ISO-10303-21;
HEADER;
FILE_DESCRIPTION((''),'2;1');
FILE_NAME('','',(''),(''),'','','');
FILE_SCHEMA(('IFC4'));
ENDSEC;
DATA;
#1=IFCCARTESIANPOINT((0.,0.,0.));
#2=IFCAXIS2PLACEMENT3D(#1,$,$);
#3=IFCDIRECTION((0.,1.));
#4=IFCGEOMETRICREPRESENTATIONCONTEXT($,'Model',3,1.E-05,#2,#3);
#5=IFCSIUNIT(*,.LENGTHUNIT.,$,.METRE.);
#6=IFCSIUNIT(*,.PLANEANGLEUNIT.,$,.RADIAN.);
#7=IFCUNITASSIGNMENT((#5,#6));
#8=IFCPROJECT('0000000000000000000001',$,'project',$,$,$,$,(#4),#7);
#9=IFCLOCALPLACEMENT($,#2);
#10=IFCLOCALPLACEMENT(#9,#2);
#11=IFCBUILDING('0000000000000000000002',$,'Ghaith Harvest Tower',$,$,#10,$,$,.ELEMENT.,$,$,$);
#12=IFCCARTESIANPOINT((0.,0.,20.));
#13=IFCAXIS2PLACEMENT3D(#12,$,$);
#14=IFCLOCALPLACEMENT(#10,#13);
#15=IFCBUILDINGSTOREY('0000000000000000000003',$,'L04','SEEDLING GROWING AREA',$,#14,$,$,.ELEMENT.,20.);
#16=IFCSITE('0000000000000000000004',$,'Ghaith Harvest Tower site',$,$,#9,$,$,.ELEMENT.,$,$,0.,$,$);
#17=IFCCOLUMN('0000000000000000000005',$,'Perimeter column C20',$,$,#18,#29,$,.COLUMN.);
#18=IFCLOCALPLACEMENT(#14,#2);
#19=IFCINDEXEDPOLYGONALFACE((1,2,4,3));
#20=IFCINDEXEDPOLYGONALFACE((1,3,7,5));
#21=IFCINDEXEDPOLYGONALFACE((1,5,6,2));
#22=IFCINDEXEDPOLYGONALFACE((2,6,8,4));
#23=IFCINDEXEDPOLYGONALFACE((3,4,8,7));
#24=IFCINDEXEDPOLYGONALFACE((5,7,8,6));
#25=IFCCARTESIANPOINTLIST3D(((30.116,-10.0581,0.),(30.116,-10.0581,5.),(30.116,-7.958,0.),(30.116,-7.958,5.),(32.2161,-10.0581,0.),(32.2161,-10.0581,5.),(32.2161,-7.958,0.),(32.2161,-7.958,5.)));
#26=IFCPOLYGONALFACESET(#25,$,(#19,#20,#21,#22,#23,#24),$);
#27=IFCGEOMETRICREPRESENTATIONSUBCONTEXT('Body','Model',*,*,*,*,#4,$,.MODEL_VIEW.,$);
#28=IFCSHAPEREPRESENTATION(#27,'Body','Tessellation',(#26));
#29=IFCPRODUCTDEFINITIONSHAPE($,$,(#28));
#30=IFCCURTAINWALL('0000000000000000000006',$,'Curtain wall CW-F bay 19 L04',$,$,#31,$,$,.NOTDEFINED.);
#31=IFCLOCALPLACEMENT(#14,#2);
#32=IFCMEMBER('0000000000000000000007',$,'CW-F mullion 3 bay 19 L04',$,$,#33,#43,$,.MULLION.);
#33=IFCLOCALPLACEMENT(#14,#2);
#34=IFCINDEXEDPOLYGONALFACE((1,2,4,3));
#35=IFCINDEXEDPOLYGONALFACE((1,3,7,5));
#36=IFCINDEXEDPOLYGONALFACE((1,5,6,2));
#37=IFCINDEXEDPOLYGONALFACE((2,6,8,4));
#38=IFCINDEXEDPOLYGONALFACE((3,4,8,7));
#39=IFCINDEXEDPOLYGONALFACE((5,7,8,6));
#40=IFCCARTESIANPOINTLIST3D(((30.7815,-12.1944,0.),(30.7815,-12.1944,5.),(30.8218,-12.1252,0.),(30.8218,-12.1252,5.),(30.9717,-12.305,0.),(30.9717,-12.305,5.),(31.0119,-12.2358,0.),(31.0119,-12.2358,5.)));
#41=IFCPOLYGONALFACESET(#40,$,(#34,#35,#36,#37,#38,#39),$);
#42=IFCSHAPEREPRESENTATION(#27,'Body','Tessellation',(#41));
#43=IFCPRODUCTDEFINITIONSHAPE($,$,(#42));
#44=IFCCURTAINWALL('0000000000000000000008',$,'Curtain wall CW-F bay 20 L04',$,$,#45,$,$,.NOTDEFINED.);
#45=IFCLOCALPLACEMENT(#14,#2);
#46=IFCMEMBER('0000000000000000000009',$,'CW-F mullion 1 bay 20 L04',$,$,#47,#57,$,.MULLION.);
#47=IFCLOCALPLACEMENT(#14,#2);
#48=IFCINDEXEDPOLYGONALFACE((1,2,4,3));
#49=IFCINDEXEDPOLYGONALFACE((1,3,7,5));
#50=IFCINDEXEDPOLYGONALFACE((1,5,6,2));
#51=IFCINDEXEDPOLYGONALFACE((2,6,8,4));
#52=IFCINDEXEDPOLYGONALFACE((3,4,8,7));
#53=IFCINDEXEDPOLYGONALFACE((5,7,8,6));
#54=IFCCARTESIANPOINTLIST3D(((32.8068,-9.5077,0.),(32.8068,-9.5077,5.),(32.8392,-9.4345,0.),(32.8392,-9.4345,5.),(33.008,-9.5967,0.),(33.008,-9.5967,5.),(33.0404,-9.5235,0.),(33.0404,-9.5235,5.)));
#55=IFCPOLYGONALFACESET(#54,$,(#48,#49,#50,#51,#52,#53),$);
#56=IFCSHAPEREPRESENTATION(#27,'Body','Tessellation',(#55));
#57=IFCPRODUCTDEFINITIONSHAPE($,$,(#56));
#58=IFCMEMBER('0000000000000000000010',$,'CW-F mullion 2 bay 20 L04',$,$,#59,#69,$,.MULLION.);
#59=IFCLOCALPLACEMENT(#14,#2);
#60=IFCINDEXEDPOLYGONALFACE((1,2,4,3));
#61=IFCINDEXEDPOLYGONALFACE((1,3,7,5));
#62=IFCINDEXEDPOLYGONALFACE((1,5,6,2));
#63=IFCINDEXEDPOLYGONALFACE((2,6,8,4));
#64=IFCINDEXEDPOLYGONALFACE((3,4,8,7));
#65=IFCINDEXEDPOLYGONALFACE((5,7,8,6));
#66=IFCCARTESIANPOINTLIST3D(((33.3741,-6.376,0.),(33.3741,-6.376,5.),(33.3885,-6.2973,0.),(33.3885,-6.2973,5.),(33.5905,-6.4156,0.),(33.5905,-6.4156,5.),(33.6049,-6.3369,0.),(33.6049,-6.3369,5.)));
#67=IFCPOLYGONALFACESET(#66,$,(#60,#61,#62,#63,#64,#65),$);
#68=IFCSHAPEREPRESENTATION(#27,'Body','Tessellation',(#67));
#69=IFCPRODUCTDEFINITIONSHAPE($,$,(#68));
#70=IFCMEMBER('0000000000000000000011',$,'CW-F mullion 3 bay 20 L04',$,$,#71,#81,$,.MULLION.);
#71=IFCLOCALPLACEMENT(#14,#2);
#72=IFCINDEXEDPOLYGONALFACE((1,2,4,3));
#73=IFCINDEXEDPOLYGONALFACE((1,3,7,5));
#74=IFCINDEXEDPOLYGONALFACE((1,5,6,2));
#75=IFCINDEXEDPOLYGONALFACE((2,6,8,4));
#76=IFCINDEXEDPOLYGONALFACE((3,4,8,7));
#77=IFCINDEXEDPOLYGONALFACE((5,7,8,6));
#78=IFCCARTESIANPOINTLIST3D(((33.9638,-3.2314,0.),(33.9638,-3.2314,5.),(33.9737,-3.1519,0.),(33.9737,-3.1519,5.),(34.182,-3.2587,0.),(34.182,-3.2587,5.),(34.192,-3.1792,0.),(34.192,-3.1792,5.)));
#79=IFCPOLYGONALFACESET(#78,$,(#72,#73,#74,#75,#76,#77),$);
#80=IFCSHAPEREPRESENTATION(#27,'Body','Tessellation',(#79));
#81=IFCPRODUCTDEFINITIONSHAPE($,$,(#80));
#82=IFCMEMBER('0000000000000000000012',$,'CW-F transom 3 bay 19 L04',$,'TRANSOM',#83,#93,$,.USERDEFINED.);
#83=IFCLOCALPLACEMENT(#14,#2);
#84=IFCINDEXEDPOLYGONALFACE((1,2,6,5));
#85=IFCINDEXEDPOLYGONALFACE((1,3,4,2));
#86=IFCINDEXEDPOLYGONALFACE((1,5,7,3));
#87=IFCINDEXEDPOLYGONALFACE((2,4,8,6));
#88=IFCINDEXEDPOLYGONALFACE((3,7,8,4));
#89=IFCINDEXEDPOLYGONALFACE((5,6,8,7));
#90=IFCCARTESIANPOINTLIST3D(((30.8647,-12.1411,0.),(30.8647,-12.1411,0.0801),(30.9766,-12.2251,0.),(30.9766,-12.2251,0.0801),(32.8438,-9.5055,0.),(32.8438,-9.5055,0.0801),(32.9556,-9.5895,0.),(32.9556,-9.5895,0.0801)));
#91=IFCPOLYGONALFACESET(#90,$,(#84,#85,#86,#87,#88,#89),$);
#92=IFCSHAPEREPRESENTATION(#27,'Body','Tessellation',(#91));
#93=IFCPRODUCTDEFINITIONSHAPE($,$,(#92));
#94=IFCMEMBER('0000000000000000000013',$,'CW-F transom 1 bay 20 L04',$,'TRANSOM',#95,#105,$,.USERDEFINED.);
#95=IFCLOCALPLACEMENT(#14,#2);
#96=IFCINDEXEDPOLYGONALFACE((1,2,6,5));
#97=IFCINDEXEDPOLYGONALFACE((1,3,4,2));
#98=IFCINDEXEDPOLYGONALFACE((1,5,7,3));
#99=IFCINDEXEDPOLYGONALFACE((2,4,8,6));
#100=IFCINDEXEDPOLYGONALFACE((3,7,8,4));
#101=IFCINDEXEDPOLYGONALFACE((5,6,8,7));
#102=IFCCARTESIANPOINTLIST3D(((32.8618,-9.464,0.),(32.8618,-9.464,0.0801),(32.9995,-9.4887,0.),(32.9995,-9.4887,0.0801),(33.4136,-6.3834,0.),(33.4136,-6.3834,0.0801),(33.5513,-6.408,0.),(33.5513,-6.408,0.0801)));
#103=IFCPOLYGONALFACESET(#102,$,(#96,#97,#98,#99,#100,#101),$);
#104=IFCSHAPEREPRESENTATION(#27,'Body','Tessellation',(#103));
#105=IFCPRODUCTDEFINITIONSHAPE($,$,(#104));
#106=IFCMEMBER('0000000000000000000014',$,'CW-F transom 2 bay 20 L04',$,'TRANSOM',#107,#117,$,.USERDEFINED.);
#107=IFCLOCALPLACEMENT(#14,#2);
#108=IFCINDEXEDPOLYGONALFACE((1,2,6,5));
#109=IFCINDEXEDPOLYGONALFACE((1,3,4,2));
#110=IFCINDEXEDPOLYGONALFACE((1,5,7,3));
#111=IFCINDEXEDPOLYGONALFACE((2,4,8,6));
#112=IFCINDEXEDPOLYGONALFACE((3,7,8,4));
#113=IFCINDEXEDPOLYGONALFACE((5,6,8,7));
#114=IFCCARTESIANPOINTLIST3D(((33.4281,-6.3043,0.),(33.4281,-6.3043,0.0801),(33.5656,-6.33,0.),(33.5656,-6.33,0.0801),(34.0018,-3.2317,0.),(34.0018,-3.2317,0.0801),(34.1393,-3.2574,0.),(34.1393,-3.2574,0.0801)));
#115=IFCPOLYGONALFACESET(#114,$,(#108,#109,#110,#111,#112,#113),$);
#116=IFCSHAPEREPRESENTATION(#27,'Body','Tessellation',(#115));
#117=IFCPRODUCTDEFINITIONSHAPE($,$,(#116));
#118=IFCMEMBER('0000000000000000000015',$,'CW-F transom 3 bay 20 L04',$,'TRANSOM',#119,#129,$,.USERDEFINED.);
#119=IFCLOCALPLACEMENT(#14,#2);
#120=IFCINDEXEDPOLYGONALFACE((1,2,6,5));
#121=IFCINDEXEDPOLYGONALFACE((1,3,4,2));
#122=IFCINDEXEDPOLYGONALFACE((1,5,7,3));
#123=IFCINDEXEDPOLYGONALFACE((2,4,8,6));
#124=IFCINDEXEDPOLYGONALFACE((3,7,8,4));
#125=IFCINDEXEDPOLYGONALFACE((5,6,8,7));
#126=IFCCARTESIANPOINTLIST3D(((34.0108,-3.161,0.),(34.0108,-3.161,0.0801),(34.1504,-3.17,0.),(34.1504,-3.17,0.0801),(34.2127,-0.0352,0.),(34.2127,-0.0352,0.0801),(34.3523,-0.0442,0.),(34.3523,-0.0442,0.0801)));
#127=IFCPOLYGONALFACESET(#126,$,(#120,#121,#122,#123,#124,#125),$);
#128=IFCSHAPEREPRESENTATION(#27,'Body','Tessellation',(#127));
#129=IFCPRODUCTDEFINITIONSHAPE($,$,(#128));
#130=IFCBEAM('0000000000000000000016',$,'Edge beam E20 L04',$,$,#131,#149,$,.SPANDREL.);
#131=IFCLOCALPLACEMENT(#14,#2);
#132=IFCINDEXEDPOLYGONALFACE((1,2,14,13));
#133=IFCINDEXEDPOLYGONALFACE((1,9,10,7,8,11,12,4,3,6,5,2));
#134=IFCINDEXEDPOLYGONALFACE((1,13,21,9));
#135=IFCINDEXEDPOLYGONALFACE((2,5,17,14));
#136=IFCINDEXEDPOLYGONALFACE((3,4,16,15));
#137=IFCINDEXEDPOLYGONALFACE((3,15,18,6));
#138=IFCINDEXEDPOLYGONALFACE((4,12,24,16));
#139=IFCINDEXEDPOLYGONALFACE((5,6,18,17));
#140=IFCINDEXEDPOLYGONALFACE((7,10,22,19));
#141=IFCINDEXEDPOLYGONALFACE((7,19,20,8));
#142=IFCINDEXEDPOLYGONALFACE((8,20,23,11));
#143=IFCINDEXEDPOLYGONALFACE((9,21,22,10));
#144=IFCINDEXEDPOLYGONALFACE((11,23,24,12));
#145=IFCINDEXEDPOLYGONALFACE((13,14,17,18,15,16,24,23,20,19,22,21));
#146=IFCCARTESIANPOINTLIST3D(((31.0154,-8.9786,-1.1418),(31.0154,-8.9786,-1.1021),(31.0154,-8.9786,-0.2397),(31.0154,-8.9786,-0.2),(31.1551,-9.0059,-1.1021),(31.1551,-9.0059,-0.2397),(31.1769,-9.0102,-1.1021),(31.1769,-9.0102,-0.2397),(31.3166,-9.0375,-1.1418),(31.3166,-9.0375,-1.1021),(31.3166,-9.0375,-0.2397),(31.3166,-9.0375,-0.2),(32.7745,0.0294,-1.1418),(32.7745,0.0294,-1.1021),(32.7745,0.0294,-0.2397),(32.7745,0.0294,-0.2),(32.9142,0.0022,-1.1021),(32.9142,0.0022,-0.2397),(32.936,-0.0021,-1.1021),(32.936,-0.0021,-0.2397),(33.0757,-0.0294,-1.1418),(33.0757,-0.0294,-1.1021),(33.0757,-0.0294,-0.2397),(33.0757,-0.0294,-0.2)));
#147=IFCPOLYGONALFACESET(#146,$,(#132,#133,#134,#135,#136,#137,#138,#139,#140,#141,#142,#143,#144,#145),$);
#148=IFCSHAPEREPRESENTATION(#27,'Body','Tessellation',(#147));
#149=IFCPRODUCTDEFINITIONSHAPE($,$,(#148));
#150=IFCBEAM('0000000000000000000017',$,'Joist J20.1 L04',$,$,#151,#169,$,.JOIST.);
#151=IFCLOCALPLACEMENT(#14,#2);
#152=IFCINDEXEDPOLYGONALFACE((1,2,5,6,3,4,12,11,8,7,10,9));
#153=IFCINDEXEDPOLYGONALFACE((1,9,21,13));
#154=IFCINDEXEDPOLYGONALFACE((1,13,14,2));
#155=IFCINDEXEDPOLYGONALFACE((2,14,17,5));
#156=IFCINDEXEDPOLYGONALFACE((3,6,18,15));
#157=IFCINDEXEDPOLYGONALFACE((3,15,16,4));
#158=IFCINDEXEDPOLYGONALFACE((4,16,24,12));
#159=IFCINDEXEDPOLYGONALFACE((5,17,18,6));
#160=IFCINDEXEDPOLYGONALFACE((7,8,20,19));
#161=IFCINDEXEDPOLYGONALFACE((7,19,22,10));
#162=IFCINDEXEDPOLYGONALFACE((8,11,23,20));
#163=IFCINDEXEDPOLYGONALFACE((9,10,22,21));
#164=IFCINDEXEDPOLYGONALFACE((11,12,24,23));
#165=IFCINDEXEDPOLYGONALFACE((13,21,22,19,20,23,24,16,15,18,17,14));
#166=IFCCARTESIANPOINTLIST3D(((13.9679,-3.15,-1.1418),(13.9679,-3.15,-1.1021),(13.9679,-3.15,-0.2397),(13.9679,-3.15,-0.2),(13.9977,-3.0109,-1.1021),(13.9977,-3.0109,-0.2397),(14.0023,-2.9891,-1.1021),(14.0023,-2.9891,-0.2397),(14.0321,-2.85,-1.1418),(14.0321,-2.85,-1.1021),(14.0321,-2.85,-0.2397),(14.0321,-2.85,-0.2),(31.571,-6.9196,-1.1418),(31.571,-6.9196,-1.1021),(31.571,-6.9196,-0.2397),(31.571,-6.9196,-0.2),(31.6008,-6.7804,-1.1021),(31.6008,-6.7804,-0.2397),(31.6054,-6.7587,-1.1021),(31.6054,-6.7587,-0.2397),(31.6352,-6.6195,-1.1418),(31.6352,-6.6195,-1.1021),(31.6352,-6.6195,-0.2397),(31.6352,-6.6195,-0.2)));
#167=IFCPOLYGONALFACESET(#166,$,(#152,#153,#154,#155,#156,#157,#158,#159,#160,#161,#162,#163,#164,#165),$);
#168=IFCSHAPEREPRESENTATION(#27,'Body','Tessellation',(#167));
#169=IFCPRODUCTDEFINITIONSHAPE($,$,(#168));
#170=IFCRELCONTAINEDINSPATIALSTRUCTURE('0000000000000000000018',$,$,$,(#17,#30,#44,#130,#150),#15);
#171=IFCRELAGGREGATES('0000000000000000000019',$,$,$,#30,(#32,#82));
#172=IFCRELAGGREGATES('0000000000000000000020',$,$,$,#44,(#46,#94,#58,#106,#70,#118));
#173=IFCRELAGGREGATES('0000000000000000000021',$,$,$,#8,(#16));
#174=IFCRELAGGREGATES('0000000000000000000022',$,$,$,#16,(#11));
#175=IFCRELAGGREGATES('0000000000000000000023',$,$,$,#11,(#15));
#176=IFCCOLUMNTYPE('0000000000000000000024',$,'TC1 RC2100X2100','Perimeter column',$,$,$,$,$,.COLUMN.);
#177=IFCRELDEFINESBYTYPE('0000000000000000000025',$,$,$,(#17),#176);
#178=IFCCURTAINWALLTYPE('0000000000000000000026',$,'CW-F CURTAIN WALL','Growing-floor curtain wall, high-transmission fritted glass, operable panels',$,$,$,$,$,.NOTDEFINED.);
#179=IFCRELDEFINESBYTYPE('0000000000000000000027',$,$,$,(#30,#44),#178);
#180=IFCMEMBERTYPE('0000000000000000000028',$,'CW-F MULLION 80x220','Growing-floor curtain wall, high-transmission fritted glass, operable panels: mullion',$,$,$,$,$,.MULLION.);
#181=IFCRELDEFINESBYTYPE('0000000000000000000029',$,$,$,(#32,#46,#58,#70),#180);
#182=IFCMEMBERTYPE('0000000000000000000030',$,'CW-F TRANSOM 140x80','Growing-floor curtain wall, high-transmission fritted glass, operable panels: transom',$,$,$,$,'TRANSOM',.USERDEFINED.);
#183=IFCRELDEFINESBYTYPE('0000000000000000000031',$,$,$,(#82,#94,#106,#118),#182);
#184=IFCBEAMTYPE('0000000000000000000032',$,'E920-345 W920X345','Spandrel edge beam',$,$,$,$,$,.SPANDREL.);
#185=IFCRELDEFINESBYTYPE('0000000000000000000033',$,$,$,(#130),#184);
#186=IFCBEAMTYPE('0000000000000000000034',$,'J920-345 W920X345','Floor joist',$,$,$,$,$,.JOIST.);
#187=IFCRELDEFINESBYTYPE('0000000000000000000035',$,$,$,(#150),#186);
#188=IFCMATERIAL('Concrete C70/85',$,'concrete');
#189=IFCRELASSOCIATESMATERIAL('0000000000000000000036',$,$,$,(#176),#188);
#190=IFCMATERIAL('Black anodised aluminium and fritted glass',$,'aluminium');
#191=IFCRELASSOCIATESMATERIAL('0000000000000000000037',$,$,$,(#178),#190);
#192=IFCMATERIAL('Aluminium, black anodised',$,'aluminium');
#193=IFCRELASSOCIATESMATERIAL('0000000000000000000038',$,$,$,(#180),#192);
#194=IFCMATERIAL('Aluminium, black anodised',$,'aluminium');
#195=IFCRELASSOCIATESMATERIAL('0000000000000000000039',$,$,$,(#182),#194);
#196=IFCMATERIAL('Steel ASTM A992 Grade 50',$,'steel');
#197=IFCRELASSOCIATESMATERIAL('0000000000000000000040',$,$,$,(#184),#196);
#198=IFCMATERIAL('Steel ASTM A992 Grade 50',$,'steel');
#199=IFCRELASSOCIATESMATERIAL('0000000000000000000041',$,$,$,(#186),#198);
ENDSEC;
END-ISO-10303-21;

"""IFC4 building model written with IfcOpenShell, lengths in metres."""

from ifc_helpers import new_model, si_unit, direction, frame, origin, origin_2d, place, context, subcontext, project, spatial, rectangle, i_section, extrude, material, material_profile, profile_set, type_object, element, aggregate, save


model = new_model("IFC4")

# Units and contexts
model_context = context("Model", 3, precision=1e-05, world=origin(), true_north=direction((0.0, 1.0)))
body_context = subcontext(model_context, "Body", "Model", "MODEL_VIEW")
ifc_project = project(units=[si_unit("LENGTHUNIT", "METRE"), si_unit("PLANEANGLEUNIT", "RADIAN")], contexts=[model_context])

# Site, building, storey
site_placement = place(None, origin())
site = spatial("IfcSite", under=ifc_project, at=site_placement, Name="Ghaith Harvest Tower site", CompositionType="ELEMENT", RefElevation=0.0)
building_placement = place(site_placement, origin())
building = spatial("IfcBuilding", under=site, at=building_placement, Name="Ghaith Harvest Tower", CompositionType="ELEMENT")
storey_placement = place(building_placement, frame((0.0, 0.0, 20.0)))
storey = spatial("IfcBuildingStorey", under=building, at=storey_placement, Name="L04", Description="SEEDLING GROWING AREA", CompositionType="ELEMENT", Elevation=20.0)

# Column
ifc_material_1 = material(Name="Concrete C70/85", Category="concrete")
ifc_material_profile_1 = material_profile(ifc_material_1, rectangle(XDim=2.1001, YDim=2.1001, at=origin_2d()), Name="RC2100X2100")
ifc_profile_set_1 = profile_set([ifc_material_profile_1], Name="Concrete C70/85")
column_type = type_object("IfcColumnType", Name="TC1 RC2100X2100", Description="Perimeter column", PredefinedType="COLUMN", material=ifc_profile_set_1)
column_placement = place(storey_placement, frame((31.166, -9.0081, 0.0), z_axis=(0.0, 0.0, 1.0), x_axis=(1.0, 0.0, 0.0)))
element("IfcColumn", 1, at=column_placement, inside=storey, type_object=column_type, Name="Perimeter column C20", PredefinedType="COLUMN", context=body_context, shape_type="SweptSolid", body=[
    extrude(rectangle(XDim=2.1001, YDim=2.1001, at=origin_2d()), origin(), (0.0, 0.0, 1.0), 5.0),
])

# Curtain wall, member
ifc_material_2 = material(Name="Black anodised aluminium and fritted glass", Category="aluminium")
curtain_wall_type = type_object("IfcCurtainWallType", Name="CW-F CURTAIN WALL", Description="Growing-floor curtain wall, high-transmission fritted glass, operable panels", PredefinedType="NOTDEFINED", material=ifc_material_2)
curtain_wall_1_placement = place(storey_placement, origin())
curtain_wall_1 = element("IfcCurtainWall", 2, at=curtain_wall_1_placement, inside=storey, type_object=curtain_wall_type, Name="Curtain wall CW-F bay 19 L04", PredefinedType="NOTDEFINED")
ifc_material_3 = material(Name="Aluminium, black anodised", Category="aluminium")
ifc_material_profile_2 = material_profile(ifc_material_3, rectangle(XDim=0.0801, YDim=0.22, at=origin_2d()), Name="CW-F MULLION 80x220")
ifc_profile_set_2 = profile_set([ifc_material_profile_2], Name="Aluminium, black anodised")
member_type_1 = type_object("IfcMemberType", Name="CW-F MULLION 80x220", Description="Growing-floor curtain wall, high-transmission fritted glass, operable panels: mullion", PredefinedType="MULLION", material=ifc_profile_set_2)
member_1_placement = place(storey_placement, frame((30.8967, -12.2151, 0.0), z_axis=(0.0, 0.0, 1.0), x_axis=(0.502795, 0.864406, 0.0)))
member_1 = element("IfcMember", 3, at=member_1_placement, type_object=member_type_1, Name="CW-F mullion 3 bay 19 L04", PredefinedType="MULLION", context=body_context, shape_type="SweptSolid", body=[
    extrude(rectangle(XDim=0.0801, YDim=0.22, at=origin_2d()), origin(), (0.0, 0.0, 1.0), 5.0),
])

# Curtain wall, members
curtain_wall_2_placement = place(storey_placement, origin())
curtain_wall_2 = element("IfcCurtainWall", 4, at=curtain_wall_2_placement, inside=storey, type_object=curtain_wall_type, Name="Curtain wall CW-F bay 20 L04", PredefinedType="NOTDEFINED")
member_2_placement = place(storey_placement, frame((32.9236, -9.5156, 0.0), z_axis=(0.0, 0.0, 1.0), x_axis=(0.404702, 0.914449, 0.0)))
member_2 = element("IfcMember", 5, at=member_2_placement, type_object=member_type_1, Name="CW-F mullion 1 bay 20 L04", PredefinedType="MULLION", context=body_context, shape_type="SweptSolid", body=[
    extrude(rectangle(XDim=0.0801, YDim=0.22, at=origin_2d()), origin(), (0.0, 0.0, 1.0), 5.0),
])
member_3_placement = place(storey_placement, frame((33.4895, -6.3564, 0.0), z_axis=(0.0, 0.0, 1.0), x_axis=(0.179943, 0.983677, 0.0)))
member_3 = element("IfcMember", 6, at=member_3_placement, type_object=member_type_1, Name="CW-F mullion 2 bay 20 L04", PredefinedType="MULLION", context=body_context, shape_type="SweptSolid", body=[
    extrude(rectangle(XDim=0.0801, YDim=0.22, at=origin_2d()), origin(), (0.0, 0.0, 1.0), 5.0),
])
member_4_placement = place(storey_placement, frame((34.0779, -3.2053, 0.0), z_axis=(0.0, 0.0, 1.0), x_axis=(0.12417, 0.992261, 0.0)))
member_4 = element("IfcMember", 7, at=member_4_placement, type_object=member_type_1, Name="CW-F mullion 3 bay 20 L04", PredefinedType="MULLION", context=body_context, shape_type="SweptSolid", body=[
    extrude(rectangle(XDim=0.0801, YDim=0.22, at=origin_2d()), origin(), (0.0, 0.0, 1.0), 5.0),
])

# Members
ifc_material_4 = material(Name="Aluminium, black anodised", Category="aluminium")
ifc_material_profile_3 = material_profile(ifc_material_4, rectangle(XDim=0.1399, YDim=0.0801, at=origin_2d()), Name="CW-F TRANSOM 140x80")
ifc_profile_set_3 = profile_set([ifc_material_profile_3], Name="Aluminium, black anodised")
member_type_2 = type_object("IfcMemberType", Name="CW-F TRANSOM 140x80", Description="Growing-floor curtain wall, high-transmission fritted glass, operable panels: transom", ElementType="TRANSOM", PredefinedType="USERDEFINED", material=ifc_profile_set_3)
member_5_placement = place(storey_placement, frame((30.9207, -12.1831, 0.04), z_axis=(0.600462, 0.799653, 0.0), x_axis=(-0.799653, 0.600462, 0.0)))
member_5 = element("IfcMember", 8, at=member_5_placement, type_object=member_type_2, Name="CW-F transom 3 bay 19 L04", ObjectType="TRANSOM", PredefinedType="USERDEFINED", context=body_context, shape_type="SweptSolid", body=[
    extrude(rectangle(XDim=0.1399, YDim=0.0801, at=origin_2d()), origin(), (0.0, 0.0, 1.0), 3.2959),
])
member_6_placement = place(storey_placement, frame((32.9307, -9.4763, 0.04), z_axis=(0.176304, 0.984336, 0.0), x_axis=(-0.984336, 0.176304, 0.0)))
member_6 = element("IfcMember", 9, at=member_6_placement, type_object=member_type_2, Name="CW-F transom 1 bay 20 L04", ObjectType="TRANSOM", PredefinedType="USERDEFINED", context=body_context, shape_type="SweptSolid", body=[
    extrude(rectangle(XDim=0.1399, YDim=0.0801, at=origin_2d()), origin(), (0.0, 0.0, 1.0), 3.1296),
])
member_7_placement = place(storey_placement, frame((33.4968, -6.3171, 0.04), z_axis=(0.183557, 0.983009, 0.0), x_axis=(-0.983009, 0.183557, 0.0)))
member_7 = element("IfcMember", 10, at=member_7_placement, type_object=member_type_2, Name="CW-F transom 2 bay 20 L04", ObjectType="TRANSOM", PredefinedType="USERDEFINED", context=body_context, shape_type="SweptSolid", body=[
    extrude(rectangle(XDim=0.1399, YDim=0.0801, at=origin_2d()), origin(), (0.0, 0.0, 1.0), 3.1257),
])
member_8_placement = place(storey_placement, frame((34.0806, -3.1655, 0.04), z_axis=(0.06446, 0.99792, 0.0), x_axis=(-0.99792, 0.06446, 0.0)))
member_8 = element("IfcMember", 11, at=member_8_placement, type_object=member_type_2, Name="CW-F transom 3 bay 20 L04", ObjectType="TRANSOM", PredefinedType="USERDEFINED", context=body_context, shape_type="SweptSolid", body=[
    extrude(rectangle(XDim=0.1399, YDim=0.0801, at=origin_2d()), origin(), (0.0, 0.0, 1.0), 3.1323),
])

# Beams
ifc_material_5 = material(Name="Steel ASTM A992 Grade 50", Category="steel")
ifc_material_profile_4 = material_profile(ifc_material_5, i_section(OverallWidth=0.3069, OverallDepth=0.9419, WebThickness=0.0222, FlangeThickness=0.0398, at=origin_2d()), Name="W920X345")
ifc_profile_set_4 = profile_set([ifc_material_profile_4], Name="Steel ASTM A992 Grade 50")
beam_type_1 = type_object("IfcBeamType", Name="E920-345 W920X345", Description="Spandrel edge beam", PredefinedType="SPANDREL", material=ifc_profile_set_4)
beam_1_placement = place(storey_placement, frame((31.166, -9.0081, -0.6709), z_axis=(0.191653, 0.981463, 0.0), x_axis=(-0.981463, 0.191653, 0.0)))
element("IfcBeam", 12, at=beam_1_placement, inside=storey, type_object=beam_type_1, Name="Edge beam E20 L04", PredefinedType="SPANDREL", context=body_context, shape_type="SweptSolid", body=[
    extrude(i_section(OverallWidth=0.3069, OverallDepth=0.9419, WebThickness=0.0222, FlangeThickness=0.0398, at=origin_2d()), origin(), (0.0, 0.0, 1.0), 9.1782),
])
ifc_material_6 = material(Name="Steel ASTM A992 Grade 50", Category="steel")
ifc_material_profile_5 = material_profile(ifc_material_6, i_section(OverallWidth=0.3069, OverallDepth=0.9419, WebThickness=0.0222, FlangeThickness=0.0398, at=origin_2d()), Name="W920X345")
ifc_profile_set_5 = profile_set([ifc_material_profile_5], Name="Steel ASTM A992 Grade 50")
beam_type_2 = type_object("IfcBeamType", Name="J920-345 W920X345", Description="Floor joist", PredefinedType="JOIST", material=ifc_profile_set_5)
beam_2_placement = place(storey_placement, frame((14.0, -3.0, -0.6709), z_axis=(0.977831, -0.209394, 0.0), x_axis=(0.209394, 0.977831, 0.0)))
element("IfcBeam", 13, at=beam_2_placement, inside=storey, type_object=beam_type_2, Name="Joist J20.1 L04", PredefinedType="JOIST", context=body_context, shape_type="SweptSolid", body=[
    extrude(i_section(OverallWidth=0.3069, OverallDepth=0.9419, WebThickness=0.0222, FlangeThickness=0.0398, at=origin_2d()), origin(), (0.0, 0.0, 1.0), 18.0022),
])

aggregate(curtain_wall_1, [member_1, member_5])
aggregate(curtain_wall_2, [member_2, member_6, member_3, member_7, member_4, member_8])

save(model, "model.ifc")
